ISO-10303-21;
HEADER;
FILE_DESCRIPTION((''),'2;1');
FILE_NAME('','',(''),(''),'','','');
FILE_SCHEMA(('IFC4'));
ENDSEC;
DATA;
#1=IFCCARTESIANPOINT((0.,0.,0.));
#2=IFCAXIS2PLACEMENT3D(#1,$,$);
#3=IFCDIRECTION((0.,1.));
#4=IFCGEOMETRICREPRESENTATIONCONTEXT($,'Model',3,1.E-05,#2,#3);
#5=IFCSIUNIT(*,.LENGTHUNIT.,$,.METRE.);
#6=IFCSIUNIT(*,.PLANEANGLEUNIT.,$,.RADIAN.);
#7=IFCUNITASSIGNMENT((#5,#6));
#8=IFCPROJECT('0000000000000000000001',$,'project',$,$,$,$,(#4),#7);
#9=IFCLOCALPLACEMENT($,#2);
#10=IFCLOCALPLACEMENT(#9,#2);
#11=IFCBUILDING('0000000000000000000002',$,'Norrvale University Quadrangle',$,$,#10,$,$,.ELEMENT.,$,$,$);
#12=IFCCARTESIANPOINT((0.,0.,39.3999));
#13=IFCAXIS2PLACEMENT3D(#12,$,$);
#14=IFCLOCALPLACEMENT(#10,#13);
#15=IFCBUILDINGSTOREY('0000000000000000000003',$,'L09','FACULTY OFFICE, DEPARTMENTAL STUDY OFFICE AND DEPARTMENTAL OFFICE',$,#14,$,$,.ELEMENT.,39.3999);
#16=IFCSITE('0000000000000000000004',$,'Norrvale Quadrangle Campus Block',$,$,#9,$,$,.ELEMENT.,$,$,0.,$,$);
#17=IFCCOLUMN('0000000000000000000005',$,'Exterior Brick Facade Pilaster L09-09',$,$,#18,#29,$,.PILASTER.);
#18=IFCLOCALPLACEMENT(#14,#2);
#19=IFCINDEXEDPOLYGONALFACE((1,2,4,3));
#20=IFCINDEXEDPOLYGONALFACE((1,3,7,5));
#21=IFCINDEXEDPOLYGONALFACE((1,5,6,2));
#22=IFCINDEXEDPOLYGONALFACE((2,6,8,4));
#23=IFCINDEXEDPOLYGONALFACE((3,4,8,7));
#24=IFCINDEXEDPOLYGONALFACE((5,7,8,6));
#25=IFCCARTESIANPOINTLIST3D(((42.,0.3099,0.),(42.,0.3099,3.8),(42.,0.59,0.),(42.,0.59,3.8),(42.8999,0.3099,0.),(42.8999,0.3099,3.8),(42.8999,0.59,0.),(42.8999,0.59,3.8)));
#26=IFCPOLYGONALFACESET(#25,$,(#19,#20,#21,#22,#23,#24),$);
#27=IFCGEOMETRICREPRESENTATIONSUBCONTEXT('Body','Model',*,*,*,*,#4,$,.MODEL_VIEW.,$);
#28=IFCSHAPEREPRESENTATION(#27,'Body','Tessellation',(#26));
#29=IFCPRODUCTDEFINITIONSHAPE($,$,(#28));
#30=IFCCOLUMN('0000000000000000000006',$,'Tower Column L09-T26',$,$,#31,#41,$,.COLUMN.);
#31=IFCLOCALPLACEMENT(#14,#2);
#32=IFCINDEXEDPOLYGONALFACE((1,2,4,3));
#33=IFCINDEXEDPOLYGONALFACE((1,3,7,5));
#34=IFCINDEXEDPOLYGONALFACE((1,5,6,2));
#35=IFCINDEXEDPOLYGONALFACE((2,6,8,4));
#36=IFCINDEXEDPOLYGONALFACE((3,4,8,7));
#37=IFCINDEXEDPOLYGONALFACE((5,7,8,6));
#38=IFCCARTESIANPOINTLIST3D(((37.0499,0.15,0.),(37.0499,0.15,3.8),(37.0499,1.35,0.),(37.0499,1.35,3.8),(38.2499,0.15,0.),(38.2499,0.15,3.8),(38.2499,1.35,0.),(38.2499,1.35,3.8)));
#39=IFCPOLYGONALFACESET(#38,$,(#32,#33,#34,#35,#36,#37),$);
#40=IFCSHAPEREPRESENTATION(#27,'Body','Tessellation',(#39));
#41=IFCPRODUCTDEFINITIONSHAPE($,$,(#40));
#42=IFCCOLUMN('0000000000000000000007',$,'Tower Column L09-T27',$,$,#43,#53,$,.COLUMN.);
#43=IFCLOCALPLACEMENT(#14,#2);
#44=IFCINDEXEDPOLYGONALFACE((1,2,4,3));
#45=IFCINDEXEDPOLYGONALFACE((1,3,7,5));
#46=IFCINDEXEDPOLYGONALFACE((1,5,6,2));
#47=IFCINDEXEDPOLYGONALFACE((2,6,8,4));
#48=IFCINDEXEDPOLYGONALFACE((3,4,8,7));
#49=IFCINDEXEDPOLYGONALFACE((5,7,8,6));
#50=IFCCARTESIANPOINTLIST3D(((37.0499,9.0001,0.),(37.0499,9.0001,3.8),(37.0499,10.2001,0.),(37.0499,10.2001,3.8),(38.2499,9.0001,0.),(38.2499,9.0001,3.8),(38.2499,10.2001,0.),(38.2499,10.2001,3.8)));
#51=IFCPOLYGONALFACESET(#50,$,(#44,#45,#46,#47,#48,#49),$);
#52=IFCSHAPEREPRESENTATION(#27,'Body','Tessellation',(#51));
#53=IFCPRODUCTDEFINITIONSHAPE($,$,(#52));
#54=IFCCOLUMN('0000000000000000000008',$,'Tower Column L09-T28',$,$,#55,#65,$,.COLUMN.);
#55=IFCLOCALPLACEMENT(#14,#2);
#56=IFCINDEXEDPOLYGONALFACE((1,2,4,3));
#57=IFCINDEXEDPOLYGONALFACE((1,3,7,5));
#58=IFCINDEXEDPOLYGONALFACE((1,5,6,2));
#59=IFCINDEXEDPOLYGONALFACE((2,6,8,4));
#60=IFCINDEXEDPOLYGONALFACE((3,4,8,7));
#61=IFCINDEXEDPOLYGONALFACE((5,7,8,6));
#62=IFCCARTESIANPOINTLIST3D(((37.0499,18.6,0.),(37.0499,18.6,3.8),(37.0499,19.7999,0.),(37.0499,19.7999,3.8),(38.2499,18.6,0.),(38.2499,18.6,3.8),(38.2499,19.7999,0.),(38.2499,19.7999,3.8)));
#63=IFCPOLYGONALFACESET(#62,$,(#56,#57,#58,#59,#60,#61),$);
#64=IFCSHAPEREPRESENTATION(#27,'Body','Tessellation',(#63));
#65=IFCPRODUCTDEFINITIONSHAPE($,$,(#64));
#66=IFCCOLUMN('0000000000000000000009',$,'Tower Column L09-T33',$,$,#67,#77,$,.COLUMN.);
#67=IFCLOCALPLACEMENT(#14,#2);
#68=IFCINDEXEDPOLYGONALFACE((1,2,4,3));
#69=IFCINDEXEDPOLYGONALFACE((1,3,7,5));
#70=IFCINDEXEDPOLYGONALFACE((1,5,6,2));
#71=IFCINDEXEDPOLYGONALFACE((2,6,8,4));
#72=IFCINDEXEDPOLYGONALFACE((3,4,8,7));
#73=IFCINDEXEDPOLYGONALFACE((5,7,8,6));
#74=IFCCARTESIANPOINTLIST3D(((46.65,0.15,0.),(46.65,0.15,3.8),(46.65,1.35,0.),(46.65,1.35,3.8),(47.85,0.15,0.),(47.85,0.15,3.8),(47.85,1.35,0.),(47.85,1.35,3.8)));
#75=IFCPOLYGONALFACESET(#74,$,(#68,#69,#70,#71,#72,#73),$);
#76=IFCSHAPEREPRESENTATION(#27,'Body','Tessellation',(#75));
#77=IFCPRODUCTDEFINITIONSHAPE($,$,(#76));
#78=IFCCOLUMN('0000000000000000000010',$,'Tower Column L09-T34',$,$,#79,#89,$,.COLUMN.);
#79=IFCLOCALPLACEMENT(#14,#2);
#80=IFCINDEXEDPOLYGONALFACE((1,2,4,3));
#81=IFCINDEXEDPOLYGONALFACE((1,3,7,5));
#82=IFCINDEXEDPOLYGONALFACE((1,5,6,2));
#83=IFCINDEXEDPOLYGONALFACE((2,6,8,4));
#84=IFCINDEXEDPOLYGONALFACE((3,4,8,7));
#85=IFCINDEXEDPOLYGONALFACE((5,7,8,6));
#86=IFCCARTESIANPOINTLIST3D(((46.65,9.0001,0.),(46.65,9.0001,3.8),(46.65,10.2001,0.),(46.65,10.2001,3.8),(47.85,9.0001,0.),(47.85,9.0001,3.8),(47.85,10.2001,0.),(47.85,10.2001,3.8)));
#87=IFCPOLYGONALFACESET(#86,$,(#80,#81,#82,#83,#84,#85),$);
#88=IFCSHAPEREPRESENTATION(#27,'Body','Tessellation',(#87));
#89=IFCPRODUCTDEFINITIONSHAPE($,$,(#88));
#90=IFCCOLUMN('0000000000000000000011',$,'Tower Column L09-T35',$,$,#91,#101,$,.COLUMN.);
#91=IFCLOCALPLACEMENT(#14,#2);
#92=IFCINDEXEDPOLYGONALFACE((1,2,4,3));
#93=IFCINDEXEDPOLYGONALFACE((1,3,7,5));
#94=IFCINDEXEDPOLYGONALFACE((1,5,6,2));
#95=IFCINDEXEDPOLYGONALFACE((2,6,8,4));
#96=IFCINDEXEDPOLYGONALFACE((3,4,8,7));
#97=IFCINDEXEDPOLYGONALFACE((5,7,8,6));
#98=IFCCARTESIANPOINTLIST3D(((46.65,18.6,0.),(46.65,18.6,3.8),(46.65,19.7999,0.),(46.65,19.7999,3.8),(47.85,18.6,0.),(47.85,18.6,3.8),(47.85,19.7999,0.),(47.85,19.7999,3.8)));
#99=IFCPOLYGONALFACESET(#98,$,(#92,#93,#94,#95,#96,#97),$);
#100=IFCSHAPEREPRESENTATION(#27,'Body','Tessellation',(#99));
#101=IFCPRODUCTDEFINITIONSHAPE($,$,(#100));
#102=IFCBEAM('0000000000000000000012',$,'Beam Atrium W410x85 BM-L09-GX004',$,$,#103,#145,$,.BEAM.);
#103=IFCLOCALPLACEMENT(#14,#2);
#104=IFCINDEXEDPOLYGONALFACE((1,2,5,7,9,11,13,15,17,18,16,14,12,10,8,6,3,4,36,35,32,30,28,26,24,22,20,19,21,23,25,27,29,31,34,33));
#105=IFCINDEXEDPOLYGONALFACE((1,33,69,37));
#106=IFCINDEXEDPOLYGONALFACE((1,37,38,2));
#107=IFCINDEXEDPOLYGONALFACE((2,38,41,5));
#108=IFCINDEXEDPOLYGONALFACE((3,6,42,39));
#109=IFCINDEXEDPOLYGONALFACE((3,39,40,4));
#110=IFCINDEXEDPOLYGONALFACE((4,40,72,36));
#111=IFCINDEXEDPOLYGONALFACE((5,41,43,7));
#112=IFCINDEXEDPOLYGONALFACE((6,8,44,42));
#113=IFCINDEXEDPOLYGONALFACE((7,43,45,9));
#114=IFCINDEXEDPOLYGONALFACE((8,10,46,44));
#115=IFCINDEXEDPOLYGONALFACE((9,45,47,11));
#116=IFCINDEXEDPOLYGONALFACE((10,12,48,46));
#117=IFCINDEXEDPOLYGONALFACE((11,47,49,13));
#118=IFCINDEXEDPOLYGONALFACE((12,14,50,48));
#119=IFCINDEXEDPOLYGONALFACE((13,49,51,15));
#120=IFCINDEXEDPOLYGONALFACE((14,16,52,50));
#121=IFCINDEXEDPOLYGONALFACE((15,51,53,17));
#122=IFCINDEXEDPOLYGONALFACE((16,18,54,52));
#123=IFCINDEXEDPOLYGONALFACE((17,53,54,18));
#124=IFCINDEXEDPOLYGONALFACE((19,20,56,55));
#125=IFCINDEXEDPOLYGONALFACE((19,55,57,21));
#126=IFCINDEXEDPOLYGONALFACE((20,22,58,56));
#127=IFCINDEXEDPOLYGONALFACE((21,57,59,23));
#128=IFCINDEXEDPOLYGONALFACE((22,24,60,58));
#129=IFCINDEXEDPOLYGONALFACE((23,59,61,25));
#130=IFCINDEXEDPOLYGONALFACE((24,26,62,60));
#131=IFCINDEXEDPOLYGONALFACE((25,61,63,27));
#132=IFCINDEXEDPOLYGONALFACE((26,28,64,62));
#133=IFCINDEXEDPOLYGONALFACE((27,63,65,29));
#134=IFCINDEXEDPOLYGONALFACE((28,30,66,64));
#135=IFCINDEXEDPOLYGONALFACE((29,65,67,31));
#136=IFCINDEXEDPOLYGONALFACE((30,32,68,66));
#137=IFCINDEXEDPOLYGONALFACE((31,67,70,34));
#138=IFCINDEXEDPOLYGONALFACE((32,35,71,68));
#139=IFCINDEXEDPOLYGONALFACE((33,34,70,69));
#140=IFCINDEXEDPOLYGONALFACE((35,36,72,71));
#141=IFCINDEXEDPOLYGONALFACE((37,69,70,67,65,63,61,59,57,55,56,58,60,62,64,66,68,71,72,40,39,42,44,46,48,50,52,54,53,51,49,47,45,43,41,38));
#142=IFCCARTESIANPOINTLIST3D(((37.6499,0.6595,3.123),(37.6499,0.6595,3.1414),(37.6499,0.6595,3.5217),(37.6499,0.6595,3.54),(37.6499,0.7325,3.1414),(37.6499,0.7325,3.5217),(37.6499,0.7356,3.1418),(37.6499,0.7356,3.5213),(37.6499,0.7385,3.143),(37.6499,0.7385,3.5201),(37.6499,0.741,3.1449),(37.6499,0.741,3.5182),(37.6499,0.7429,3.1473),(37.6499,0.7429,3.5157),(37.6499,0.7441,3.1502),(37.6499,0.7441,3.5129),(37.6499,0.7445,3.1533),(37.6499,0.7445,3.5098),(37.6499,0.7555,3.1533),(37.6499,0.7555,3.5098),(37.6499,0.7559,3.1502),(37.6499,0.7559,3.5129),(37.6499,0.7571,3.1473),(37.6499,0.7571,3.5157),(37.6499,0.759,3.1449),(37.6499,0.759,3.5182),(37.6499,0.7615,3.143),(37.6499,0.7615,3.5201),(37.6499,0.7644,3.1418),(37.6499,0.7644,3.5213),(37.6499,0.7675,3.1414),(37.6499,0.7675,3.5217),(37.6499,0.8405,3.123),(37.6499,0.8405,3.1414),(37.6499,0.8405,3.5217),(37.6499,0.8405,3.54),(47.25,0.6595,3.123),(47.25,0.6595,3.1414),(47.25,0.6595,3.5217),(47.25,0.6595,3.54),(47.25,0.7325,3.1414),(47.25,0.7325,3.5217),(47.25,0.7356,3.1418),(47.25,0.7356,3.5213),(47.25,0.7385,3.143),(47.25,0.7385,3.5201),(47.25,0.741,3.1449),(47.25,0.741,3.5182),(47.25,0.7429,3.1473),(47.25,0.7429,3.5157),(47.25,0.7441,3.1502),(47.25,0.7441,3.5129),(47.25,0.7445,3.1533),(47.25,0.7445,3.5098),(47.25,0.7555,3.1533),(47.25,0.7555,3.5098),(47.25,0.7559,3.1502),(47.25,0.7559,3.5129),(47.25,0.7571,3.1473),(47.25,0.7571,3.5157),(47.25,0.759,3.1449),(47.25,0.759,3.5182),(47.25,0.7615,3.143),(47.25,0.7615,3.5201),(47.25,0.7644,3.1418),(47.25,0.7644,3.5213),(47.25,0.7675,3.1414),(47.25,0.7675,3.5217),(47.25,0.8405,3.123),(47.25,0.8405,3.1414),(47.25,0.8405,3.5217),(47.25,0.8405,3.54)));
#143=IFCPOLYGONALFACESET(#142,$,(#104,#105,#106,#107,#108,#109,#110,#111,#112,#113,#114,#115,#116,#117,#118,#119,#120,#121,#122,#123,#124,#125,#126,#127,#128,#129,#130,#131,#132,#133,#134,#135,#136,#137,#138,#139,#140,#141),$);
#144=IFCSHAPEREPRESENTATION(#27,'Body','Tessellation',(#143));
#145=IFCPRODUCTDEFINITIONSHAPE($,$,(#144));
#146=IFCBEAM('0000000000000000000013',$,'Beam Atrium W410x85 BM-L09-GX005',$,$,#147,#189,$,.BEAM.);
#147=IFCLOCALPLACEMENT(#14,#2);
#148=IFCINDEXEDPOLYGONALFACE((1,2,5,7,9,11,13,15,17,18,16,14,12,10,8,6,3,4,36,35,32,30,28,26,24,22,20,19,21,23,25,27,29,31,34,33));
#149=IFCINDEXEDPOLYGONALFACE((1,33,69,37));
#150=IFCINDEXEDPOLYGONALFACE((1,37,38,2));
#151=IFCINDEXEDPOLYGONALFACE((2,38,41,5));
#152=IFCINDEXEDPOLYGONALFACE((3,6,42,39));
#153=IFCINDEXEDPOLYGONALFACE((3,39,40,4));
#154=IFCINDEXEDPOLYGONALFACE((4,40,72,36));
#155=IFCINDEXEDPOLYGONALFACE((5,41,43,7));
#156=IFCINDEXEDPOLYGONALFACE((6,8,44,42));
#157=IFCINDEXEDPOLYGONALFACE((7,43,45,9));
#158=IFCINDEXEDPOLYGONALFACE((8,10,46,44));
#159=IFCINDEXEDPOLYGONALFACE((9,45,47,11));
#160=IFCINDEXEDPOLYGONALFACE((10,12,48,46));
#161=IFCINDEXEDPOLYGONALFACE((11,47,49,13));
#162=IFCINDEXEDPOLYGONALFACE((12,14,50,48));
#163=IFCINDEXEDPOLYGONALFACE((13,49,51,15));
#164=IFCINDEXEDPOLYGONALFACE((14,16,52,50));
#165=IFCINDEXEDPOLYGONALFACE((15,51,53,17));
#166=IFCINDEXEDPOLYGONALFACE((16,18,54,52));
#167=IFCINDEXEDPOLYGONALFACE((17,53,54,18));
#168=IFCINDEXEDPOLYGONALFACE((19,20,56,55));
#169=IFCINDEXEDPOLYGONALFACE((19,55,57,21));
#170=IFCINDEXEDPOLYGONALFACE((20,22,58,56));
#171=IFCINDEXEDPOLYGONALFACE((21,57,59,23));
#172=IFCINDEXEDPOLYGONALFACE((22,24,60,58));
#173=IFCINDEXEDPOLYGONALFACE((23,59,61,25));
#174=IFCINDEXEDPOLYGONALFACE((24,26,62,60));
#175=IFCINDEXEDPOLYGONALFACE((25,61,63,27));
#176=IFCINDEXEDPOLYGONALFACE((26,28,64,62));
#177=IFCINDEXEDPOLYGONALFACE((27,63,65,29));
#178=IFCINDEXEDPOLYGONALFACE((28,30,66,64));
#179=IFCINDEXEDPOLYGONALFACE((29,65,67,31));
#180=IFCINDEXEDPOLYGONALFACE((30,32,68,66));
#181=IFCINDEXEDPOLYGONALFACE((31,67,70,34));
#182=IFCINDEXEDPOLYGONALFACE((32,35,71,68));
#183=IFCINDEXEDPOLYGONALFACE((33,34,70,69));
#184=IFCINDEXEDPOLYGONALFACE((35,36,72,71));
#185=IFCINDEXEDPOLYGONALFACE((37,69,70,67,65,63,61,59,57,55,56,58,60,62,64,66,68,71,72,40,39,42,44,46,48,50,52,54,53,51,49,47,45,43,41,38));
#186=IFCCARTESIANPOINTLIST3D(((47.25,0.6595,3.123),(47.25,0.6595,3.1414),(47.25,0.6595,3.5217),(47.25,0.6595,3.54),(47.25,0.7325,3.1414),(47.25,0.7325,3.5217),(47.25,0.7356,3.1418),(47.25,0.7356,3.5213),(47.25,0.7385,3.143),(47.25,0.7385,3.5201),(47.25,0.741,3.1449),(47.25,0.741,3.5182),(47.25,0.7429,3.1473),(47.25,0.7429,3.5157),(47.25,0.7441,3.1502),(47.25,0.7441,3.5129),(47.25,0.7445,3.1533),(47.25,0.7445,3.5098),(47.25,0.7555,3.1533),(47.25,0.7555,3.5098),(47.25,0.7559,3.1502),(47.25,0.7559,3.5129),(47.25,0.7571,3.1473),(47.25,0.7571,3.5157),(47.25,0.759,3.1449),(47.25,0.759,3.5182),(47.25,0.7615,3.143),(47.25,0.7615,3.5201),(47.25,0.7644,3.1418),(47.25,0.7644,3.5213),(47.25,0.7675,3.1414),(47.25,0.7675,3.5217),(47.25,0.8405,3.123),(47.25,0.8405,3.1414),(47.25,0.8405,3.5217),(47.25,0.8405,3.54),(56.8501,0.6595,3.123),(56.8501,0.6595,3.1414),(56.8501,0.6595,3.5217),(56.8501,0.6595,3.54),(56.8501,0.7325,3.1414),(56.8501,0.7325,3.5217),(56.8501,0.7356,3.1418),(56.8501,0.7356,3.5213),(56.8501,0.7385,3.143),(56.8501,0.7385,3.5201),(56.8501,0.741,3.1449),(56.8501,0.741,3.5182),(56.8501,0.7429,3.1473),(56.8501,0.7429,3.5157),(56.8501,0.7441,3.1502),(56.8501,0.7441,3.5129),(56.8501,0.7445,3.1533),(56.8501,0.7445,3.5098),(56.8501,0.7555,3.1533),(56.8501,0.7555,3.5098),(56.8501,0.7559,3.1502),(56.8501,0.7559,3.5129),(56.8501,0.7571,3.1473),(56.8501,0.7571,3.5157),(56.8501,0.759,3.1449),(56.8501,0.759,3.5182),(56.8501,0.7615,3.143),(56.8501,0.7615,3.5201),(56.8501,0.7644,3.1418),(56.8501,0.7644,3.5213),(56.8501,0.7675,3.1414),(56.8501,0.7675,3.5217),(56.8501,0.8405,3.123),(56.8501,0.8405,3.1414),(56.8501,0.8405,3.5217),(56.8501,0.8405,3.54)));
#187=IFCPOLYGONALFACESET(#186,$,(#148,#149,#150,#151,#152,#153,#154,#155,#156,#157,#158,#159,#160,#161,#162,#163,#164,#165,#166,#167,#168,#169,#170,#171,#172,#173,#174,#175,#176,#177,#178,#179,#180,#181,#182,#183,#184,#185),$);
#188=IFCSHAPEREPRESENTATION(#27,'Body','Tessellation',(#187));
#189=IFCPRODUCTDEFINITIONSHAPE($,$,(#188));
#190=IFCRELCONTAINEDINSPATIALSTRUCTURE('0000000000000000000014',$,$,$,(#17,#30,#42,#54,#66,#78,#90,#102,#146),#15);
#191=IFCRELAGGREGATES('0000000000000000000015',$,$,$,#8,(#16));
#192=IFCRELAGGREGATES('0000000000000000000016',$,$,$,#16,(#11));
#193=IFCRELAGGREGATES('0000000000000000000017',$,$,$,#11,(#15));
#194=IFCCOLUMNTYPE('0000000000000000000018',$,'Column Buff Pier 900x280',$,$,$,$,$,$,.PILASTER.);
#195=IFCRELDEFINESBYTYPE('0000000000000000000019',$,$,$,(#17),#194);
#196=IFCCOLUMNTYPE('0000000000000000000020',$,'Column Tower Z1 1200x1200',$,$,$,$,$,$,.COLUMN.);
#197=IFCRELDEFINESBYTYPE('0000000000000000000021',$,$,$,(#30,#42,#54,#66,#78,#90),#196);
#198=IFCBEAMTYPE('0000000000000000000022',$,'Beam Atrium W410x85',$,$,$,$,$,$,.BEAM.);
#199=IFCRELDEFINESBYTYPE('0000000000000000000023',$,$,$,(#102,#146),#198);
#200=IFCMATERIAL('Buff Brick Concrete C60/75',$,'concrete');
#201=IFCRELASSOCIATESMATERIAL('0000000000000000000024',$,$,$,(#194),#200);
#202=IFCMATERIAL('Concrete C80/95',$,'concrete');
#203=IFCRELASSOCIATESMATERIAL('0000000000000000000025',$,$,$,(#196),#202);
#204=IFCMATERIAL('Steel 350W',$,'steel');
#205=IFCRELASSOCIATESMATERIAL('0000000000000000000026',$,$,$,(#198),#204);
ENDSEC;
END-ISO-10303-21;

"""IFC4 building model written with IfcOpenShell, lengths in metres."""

from ifc_helpers import new_model, si_unit, direction, frame, origin, origin_2d, place, context, subcontext, project, spatial, rectangle, i_section, extrude, material, material_profile, profile_set, type_object, element, save


model = new_model("IFC4")

# Units and contexts
model_context = context("Model", 3, precision=1e-05, world=origin(), true_north=direction((0.0, 1.0)))
body_context = subcontext(model_context, "Body", "Model", "MODEL_VIEW")
ifc_project = project(units=[si_unit("LENGTHUNIT", "METRE"), si_unit("PLANEANGLEUNIT", "RADIAN")], contexts=[model_context])

# Site, building, storey
site_placement = place(None, origin())
site = spatial("IfcSite", under=ifc_project, at=site_placement, Name="Norrvale Quadrangle Campus Block", CompositionType="ELEMENT", RefElevation=0.0)
building_placement = place(site_placement, origin())
building = spatial("IfcBuilding", under=site, at=building_placement, Name="Norrvale University Quadrangle", CompositionType="ELEMENT")
storey_placement = place(building_placement, frame((0.0, 0.0, 39.3999)))
storey = spatial("IfcBuildingStorey", under=building, at=storey_placement, Name="L09", Description="FACULTY OFFICE, DEPARTMENTAL STUDY OFFICE AND DEPARTMENTAL OFFICE", CompositionType="ELEMENT", Elevation=39.3999)

# Columns
ifc_material_1 = material(Name="Buff Brick Concrete C60/75", Category="concrete")
ifc_material_profile_1 = material_profile(ifc_material_1, rectangle(XDim=0.8999, YDim=0.28, at=origin_2d()), Name="Buff Brick Concrete C60/75")
ifc_profile_set_1 = profile_set([ifc_material_profile_1], Name="Buff Brick Concrete C60/75")
column_type_1 = type_object("IfcColumnType", Name="Column Buff Pier 900x280", PredefinedType="PILASTER", material=ifc_profile_set_1)
column_placement = place(storey_placement, frame((42.45, 0.45, 0.0), z_axis=(0.0, 0.0, 1.0), x_axis=(1.0, 0.0, 0.0)))
element("IfcColumn", 1, at=column_placement, inside=storey, type_object=column_type_1, Name="Exterior Brick Facade Pilaster L09-09", PredefinedType="PILASTER", context=body_context, shape_type="SweptSolid", body=[
    extrude(rectangle(XDim=0.8999, YDim=0.28, at=origin_2d()), origin(), (0.0, 0.0, 1.0), 3.8),
])
ifc_material_2 = material(Name="Concrete C80/95", Category="concrete")
ifc_material_profile_2 = material_profile(ifc_material_2, rectangle(XDim=1.2, YDim=1.2, at=origin_2d()), Name="Concrete C80/95")
ifc_profile_set_2 = profile_set([ifc_material_profile_2], Name="Concrete C80/95")
column_type_2 = type_object("IfcColumnType", Name="Column Tower Z1 1200x1200", PredefinedType="COLUMN", material=ifc_profile_set_2)
for number, where, z_axis, x_axis, name in (
    (2, (37.6499, 0.75, 0.0), (0.0, 0.0, 1.0), (1.0, 0.0, 0.0), "Tower Column L09-T26"),
    (3, (37.6499, 9.6001, 0.0), (0.0, 0.0, 1.0), (1.0, 0.0, 0.0), "Tower Column L09-T27"),
    (4, (37.6499, 19.2, 0.0), (0.0, 0.0, 1.0), (1.0, 0.0, 0.0), "Tower Column L09-T28"),
    (5, (47.25, 0.75, 0.0), (0.0, 0.0, 1.0), (1.0, 0.0, 0.0), "Tower Column L09-T33"),
    (6, (47.25, 9.6001, 0.0), (0.0, 0.0, 1.0), (1.0, 0.0, 0.0), "Tower Column L09-T34"),
    (7, (47.25, 19.2, 0.0), (0.0, 0.0, 1.0), (1.0, 0.0, 0.0), "Tower Column L09-T35"),
):
    element("IfcColumn", number, at=place(storey_placement, frame(where, z_axis=z_axis, x_axis=x_axis)), inside=storey, type_object=column_type_2, Name=name, PredefinedType="COLUMN", context=body_context, shape_type="SweptSolid", body=[
        extrude(rectangle(XDim=1.2, YDim=1.2, at=origin_2d()), origin(), (0.0, 0.0, 1.0), 3.8),
    ])

# Beams
ifc_material_3 = material(Name="Steel 350W", Category="steel")
ifc_material_profile_3 = material_profile(ifc_material_3, i_section(OverallWidth=0.1809, OverallDepth=0.417, WebThickness=0.011, FlangeThickness=0.0183, FilletRadius=0.012, at=origin_2d()), Name="Steel 350W")
ifc_profile_set_3 = profile_set([ifc_material_profile_3], Name="Steel 350W")
beam_type_1 = type_object("IfcBeamType", Name="Beam Atrium W410x85", PredefinedType="BEAM", material=ifc_profile_set_3)
for number, where, z_axis, x_axis, name in (
    (8, (37.6499, 0.75, 3.3315), (1.0, 0.0, 0.0), (0.0, 1.0, 0.0), "Beam Atrium W410x85 BM-L09-GX004"),
    (9, (47.25, 0.75, 3.3315), (1.0, 0.0, 0.0), (0.0, 1.0, 0.0), "Beam Atrium W410x85 BM-L09-GX005"),
):
    element("IfcBeam", number, at=place(storey_placement, frame(where, z_axis=z_axis, x_axis=x_axis)), inside=storey, type_object=beam_type_1, Name=name, PredefinedType="BEAM", context=body_context, shape_type="SweptSolid", body=[
        extrude(i_section(OverallWidth=0.1809, OverallDepth=0.417, WebThickness=0.011, FlangeThickness=0.0183, FilletRadius=0.012, at=origin_2d()), origin(), (0.0, 0.0, 1.0), 9.6001),
    ])

save(model, "model.ifc")
